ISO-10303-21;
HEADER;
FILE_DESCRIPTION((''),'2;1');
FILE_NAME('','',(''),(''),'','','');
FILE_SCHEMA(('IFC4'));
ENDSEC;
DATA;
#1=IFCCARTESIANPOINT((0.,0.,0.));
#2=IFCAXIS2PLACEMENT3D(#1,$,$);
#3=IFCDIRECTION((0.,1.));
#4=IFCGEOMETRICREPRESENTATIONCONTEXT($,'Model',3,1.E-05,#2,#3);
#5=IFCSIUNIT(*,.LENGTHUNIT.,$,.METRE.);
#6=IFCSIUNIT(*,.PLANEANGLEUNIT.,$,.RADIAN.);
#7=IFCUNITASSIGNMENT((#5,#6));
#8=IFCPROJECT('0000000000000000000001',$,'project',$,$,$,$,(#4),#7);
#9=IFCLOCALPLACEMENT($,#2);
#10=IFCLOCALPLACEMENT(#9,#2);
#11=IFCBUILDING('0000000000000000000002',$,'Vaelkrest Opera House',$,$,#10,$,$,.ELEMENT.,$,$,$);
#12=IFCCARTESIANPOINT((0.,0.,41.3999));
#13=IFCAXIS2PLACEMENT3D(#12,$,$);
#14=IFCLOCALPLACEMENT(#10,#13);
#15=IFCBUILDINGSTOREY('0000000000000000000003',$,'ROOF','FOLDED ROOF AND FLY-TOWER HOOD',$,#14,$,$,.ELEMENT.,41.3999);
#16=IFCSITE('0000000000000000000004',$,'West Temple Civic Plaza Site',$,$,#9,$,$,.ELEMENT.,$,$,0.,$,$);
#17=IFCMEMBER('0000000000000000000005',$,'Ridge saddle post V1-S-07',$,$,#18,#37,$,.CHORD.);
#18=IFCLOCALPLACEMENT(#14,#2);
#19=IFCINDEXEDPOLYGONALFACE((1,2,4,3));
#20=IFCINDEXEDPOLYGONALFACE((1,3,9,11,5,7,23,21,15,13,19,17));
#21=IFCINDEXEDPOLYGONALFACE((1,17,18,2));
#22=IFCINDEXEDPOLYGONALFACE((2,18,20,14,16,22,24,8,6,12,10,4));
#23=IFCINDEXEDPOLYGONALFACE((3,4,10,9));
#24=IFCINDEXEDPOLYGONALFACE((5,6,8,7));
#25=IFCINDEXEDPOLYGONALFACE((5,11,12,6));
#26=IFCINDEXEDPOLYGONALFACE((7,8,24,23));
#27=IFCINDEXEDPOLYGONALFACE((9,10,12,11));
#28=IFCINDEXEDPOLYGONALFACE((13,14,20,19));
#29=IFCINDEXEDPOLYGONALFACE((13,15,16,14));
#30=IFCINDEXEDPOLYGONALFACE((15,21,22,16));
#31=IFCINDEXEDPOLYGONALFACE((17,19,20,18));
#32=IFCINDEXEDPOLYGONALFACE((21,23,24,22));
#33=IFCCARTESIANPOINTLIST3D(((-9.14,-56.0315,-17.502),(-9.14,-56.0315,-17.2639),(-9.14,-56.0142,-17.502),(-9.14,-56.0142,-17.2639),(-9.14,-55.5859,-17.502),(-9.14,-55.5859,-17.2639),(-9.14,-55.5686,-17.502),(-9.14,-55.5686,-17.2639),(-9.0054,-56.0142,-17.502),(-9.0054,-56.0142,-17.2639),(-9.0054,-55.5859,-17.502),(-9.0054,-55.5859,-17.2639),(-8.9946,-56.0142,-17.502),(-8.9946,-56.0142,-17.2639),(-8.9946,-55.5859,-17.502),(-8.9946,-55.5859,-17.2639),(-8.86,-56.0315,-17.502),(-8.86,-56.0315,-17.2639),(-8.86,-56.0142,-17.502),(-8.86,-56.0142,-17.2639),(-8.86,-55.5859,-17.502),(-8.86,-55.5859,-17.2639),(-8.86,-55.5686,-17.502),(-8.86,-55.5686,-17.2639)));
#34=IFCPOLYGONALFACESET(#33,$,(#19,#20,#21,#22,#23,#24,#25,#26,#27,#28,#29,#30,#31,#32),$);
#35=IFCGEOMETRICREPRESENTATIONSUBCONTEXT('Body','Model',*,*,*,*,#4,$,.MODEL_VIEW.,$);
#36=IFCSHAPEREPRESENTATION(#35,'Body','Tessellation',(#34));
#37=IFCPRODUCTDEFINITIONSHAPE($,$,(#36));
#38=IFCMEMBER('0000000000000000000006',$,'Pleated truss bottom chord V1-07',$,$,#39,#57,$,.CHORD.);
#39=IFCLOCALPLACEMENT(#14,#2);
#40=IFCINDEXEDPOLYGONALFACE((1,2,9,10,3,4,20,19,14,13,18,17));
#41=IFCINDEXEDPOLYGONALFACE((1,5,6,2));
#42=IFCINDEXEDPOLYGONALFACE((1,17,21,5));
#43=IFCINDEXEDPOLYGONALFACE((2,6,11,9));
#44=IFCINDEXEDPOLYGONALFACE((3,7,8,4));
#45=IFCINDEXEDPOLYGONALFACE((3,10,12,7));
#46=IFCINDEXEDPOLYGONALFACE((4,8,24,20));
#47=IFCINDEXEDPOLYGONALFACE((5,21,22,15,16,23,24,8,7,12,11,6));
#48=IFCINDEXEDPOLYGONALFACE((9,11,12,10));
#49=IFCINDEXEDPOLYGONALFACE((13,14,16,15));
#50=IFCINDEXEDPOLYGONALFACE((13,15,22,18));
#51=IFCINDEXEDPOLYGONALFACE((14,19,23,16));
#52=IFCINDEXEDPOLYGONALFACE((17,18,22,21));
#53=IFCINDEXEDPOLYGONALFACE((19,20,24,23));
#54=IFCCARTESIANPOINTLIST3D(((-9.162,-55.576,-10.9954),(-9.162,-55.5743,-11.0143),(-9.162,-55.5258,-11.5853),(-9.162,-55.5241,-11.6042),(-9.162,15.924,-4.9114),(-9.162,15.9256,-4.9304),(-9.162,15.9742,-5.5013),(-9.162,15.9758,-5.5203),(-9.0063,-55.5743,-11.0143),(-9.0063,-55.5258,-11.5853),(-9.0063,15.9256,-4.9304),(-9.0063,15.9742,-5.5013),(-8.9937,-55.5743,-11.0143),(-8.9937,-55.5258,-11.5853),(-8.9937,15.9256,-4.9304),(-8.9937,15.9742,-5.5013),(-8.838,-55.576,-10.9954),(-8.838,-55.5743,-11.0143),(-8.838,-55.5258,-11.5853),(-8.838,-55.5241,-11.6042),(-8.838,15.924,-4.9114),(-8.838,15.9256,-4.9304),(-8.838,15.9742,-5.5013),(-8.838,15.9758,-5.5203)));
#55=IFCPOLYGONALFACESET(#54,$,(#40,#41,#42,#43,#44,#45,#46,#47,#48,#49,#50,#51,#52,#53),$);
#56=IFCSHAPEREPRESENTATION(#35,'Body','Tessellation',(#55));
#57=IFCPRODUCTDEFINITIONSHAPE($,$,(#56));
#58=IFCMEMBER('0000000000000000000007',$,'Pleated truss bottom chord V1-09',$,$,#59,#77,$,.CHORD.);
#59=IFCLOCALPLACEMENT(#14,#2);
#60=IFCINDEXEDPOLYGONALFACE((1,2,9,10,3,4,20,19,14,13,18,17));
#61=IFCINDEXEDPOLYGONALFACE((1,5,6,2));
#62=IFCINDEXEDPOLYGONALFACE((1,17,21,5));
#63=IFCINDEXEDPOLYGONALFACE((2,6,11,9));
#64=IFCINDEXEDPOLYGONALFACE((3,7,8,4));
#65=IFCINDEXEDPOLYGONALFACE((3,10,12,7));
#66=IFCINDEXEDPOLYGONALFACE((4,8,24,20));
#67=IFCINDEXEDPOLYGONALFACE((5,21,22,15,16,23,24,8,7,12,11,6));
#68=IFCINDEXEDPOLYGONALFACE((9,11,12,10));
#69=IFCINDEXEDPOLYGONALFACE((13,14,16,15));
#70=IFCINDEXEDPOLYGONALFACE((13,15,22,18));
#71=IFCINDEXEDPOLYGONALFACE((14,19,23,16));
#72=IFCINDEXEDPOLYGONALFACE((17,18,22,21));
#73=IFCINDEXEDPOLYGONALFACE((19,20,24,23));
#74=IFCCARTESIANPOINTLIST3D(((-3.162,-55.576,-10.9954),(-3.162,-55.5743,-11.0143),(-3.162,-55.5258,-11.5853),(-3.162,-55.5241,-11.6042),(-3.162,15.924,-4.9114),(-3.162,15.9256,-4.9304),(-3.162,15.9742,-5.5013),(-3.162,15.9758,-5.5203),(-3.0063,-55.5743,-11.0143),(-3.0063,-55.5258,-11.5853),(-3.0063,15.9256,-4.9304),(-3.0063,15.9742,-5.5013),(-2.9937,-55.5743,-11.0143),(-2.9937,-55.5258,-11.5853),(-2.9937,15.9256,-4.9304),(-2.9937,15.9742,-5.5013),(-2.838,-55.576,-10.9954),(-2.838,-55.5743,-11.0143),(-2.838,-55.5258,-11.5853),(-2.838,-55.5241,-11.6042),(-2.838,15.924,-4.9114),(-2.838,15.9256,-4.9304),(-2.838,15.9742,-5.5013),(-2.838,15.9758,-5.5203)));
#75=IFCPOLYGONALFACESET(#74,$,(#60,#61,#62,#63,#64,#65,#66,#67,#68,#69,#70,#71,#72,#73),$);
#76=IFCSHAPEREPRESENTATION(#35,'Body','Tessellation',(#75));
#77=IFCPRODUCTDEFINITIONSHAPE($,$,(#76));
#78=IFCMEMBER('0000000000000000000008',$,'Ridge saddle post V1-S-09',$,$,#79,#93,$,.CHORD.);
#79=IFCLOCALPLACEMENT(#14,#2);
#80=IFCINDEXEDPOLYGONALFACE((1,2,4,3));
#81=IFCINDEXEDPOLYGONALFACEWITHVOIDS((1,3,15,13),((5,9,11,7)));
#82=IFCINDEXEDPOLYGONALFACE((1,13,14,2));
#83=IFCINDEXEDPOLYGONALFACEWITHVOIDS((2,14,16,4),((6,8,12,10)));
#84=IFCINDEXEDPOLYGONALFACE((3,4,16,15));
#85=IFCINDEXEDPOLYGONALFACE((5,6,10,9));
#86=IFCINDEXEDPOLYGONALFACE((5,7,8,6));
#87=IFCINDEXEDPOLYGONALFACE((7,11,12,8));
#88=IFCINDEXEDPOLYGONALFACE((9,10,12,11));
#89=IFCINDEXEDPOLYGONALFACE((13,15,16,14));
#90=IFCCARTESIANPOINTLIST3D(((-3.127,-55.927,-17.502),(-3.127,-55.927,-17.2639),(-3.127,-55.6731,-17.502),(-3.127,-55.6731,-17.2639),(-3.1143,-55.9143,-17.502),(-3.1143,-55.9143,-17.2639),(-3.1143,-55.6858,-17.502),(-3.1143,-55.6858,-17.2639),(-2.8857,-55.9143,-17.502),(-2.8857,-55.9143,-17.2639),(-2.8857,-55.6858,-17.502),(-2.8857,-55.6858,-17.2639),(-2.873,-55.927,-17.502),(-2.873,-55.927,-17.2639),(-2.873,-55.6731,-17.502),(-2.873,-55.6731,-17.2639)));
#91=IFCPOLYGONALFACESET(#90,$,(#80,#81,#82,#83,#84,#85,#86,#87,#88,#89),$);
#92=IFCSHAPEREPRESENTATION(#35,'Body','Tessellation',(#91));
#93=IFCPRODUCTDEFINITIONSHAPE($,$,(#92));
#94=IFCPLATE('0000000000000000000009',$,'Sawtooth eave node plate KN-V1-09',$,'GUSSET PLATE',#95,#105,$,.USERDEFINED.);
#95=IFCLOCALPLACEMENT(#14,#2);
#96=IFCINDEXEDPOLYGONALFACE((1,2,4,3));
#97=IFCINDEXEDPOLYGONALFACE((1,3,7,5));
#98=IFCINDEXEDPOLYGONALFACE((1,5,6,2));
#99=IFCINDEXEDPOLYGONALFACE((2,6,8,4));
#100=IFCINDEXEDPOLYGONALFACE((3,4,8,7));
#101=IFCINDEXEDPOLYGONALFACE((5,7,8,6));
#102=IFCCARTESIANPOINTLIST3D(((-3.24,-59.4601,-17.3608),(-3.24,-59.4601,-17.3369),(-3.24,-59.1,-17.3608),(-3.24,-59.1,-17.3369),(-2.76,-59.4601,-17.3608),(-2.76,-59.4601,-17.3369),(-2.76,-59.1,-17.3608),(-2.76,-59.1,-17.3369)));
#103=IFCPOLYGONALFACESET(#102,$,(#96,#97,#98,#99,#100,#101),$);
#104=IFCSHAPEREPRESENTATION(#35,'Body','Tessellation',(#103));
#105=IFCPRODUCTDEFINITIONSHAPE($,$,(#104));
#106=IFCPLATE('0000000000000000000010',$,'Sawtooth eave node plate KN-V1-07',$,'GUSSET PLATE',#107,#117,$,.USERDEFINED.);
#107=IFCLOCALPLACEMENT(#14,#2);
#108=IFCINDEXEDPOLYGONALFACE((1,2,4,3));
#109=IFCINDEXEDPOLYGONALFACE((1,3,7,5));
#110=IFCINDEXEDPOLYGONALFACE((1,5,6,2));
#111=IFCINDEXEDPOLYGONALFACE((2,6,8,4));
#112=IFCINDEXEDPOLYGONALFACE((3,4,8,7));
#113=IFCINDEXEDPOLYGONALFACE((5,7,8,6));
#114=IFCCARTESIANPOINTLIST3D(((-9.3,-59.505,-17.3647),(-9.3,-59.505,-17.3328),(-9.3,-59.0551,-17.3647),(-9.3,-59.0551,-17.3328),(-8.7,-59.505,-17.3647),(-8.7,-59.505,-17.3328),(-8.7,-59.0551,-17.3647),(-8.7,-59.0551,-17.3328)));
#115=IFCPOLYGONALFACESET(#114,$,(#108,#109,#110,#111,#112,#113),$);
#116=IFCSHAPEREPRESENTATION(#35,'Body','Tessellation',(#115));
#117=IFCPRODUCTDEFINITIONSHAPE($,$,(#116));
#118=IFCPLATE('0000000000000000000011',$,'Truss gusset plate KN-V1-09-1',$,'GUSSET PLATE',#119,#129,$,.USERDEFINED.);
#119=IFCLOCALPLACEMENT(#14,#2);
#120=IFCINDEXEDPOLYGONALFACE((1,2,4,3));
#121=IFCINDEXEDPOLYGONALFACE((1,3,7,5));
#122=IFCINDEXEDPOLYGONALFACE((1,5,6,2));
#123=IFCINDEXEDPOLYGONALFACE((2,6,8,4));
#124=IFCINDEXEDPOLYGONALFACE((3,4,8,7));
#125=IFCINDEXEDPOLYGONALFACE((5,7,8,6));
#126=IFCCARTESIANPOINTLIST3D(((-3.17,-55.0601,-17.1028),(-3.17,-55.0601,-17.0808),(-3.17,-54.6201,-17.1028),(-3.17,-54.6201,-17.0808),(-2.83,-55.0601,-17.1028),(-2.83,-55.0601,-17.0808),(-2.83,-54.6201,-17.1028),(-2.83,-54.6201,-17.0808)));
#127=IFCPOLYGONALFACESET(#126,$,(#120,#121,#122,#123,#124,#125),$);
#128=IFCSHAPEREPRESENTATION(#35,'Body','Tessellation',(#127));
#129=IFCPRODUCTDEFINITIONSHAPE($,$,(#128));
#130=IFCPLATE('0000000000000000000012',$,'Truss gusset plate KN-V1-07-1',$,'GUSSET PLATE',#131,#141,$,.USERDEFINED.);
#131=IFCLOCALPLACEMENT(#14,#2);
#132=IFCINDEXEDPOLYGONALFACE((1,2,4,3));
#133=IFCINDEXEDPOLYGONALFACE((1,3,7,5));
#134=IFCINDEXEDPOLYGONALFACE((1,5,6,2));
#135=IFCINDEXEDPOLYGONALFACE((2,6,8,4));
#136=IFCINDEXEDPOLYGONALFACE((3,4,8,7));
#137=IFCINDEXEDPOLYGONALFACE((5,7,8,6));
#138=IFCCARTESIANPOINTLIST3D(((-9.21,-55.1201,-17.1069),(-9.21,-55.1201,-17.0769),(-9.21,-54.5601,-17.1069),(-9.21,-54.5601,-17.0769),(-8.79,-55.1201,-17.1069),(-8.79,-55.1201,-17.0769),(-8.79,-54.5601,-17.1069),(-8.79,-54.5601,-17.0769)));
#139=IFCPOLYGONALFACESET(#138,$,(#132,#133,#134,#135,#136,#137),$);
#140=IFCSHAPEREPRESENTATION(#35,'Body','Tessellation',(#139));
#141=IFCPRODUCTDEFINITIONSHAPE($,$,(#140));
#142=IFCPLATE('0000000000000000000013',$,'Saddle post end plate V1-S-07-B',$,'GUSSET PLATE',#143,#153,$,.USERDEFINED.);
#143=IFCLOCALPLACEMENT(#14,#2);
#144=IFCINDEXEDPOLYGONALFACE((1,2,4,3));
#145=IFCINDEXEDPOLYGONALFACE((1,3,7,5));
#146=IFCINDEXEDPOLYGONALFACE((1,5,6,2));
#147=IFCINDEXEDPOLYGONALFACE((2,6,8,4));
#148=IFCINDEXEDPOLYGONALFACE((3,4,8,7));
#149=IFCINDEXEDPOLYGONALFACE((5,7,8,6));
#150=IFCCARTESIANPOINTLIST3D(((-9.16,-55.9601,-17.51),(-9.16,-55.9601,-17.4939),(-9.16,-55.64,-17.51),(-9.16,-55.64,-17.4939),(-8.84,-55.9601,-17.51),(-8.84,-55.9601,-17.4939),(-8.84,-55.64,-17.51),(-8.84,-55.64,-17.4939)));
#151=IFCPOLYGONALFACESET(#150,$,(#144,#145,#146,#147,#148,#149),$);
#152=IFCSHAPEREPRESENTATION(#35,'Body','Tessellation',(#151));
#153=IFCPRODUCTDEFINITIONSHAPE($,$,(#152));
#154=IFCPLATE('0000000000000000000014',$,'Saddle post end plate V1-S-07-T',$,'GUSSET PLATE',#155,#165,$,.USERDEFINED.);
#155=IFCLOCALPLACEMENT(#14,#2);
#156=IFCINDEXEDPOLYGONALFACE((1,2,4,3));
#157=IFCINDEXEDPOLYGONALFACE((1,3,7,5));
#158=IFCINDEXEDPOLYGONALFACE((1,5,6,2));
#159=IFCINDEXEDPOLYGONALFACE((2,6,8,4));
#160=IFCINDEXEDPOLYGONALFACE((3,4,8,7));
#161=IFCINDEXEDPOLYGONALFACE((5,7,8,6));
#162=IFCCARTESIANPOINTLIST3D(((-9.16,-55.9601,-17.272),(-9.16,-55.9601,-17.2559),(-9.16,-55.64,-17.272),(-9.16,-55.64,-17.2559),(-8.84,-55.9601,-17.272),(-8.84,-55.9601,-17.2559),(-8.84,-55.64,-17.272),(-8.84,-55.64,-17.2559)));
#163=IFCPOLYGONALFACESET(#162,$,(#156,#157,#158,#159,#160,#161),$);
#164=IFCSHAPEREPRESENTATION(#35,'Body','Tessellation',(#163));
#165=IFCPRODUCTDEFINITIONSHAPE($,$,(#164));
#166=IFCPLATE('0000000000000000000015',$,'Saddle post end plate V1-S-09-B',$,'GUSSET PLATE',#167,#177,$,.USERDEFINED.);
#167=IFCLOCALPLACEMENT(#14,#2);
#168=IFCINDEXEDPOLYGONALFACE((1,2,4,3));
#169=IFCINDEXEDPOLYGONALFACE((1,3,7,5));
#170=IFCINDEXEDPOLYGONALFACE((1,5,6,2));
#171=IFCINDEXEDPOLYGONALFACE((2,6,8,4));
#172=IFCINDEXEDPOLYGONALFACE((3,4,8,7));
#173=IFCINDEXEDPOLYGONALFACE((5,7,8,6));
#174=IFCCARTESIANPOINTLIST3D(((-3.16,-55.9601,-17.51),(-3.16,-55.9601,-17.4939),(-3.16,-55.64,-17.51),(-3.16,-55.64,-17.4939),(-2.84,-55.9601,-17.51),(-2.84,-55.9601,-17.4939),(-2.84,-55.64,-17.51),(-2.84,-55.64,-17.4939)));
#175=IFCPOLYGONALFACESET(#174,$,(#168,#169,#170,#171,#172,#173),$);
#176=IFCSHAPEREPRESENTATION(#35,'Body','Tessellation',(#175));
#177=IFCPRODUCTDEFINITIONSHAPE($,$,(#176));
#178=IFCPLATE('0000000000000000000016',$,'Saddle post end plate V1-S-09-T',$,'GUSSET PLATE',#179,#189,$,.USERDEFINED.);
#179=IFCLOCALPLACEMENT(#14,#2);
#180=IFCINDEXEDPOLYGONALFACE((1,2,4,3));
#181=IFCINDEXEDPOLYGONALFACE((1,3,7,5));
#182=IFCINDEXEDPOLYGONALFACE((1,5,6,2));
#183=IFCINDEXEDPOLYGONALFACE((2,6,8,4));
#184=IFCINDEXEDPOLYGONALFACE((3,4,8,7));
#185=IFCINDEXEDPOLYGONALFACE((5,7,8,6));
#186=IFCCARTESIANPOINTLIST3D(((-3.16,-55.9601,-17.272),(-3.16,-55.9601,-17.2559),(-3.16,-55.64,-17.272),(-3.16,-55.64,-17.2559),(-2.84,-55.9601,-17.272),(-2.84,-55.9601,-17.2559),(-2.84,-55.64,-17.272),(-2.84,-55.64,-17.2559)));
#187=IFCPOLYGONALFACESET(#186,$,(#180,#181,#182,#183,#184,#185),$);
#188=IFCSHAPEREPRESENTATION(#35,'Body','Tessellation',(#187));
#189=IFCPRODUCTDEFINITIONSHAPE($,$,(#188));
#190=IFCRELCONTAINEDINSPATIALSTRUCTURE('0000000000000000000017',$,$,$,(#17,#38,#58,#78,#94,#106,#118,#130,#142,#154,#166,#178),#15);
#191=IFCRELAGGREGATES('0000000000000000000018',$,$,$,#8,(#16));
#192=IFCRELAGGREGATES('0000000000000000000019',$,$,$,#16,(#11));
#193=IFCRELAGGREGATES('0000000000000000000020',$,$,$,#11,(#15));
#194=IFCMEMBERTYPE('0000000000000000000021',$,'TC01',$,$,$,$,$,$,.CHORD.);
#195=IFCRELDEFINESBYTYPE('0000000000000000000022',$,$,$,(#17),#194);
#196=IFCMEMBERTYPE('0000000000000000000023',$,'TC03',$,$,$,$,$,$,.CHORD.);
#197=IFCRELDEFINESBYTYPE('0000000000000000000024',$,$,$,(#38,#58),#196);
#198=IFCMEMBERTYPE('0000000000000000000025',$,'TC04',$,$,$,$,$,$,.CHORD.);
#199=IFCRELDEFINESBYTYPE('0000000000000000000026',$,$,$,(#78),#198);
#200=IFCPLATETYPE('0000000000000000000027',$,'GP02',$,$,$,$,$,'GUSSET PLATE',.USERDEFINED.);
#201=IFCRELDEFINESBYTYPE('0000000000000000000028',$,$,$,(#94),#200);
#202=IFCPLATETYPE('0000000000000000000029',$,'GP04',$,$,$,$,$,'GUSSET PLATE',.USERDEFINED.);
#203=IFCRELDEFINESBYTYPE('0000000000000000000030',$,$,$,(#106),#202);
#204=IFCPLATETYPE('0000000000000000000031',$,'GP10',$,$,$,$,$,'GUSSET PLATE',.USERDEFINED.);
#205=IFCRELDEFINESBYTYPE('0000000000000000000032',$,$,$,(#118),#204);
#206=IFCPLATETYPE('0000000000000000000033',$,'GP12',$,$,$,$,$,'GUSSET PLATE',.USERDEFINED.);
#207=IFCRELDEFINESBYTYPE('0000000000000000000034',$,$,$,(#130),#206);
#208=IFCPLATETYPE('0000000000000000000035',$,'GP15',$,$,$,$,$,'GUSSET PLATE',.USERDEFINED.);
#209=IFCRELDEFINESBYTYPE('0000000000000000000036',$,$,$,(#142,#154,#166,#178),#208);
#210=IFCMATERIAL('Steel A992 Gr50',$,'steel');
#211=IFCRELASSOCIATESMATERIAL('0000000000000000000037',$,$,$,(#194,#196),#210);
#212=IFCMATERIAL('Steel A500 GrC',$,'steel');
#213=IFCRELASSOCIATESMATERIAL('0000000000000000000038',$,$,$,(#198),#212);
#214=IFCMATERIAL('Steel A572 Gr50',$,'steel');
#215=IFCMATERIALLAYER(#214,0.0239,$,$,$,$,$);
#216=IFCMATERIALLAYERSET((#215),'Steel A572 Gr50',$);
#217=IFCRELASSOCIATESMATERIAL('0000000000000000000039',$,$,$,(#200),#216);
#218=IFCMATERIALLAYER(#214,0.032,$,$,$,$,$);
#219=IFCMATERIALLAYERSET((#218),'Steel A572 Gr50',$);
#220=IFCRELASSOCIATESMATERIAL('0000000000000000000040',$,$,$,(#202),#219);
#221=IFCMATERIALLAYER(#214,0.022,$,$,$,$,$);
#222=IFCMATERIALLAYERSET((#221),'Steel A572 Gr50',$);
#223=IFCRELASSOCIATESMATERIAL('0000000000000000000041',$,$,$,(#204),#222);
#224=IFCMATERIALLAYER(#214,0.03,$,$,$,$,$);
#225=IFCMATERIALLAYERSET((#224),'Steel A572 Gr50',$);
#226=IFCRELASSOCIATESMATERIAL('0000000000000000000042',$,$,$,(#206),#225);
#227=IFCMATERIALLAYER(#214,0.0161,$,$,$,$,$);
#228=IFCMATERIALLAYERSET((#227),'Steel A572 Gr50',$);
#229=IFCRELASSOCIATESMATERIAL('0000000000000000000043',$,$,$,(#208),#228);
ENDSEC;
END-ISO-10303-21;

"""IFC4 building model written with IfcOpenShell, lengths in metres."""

from ifc_helpers import new_model, si_unit, direction, frame, origin, origin_2d, place, context, subcontext, project, spatial, rectangle, hollow_rectangle, i_section, extrude, material, layer, layer_set, material_profile, profile_set, type_object, element, save


model = new_model("IFC4")

# Units and contexts
model_context = context("Model", 3, precision=1e-05, world=origin(), true_north=direction((0.0, 1.0)))
body_context = subcontext(model_context, "Body", "Model", "MODEL_VIEW")
ifc_project = project(units=[si_unit("LENGTHUNIT", "METRE"), si_unit("PLANEANGLEUNIT", "RADIAN")], contexts=[model_context])

# Site, building, storey
site_placement = place(None, origin())
site = spatial("IfcSite", under=ifc_project, at=site_placement, Name="West Temple Civic Plaza Site", CompositionType="ELEMENT", RefElevation=0.0)
building_placement = place(site_placement, origin())
building = spatial("IfcBuilding", under=site, at=building_placement, Name="Vaelkrest Opera House", CompositionType="ELEMENT")
storey_placement = place(building_placement, frame((0.0, 0.0, 41.3999)))
storey = spatial("IfcBuildingStorey", under=building, at=storey_placement, Name="ROOF", Description="FOLDED ROOF AND FLY-TOWER HOOD", CompositionType="ELEMENT", Elevation=41.3999)

# Shared definitions
ifc_material_1 = material(Name="Steel A992 Gr50", Category="steel")

# Members
ifc_material_2 = material(Name="Steel A500 GrC", Category="steel")
ifc_material_profile_1 = material_profile(ifc_material_1, i_section(OverallWidth=0.28, OverallDepth=0.4629, WebThickness=0.0107, FlangeThickness=0.0173, at=origin_2d()), Name="W18X76")
ifc_profile_set_1 = profile_set([ifc_material_profile_1], Name="Steel A992 Gr50")
member_type_1 = type_object("IfcMemberType", Name="TC01", PredefinedType="CHORD", material=ifc_profile_set_1)
member_1_placement = place(storey_placement, frame((-9.0, -55.8, -17.502), z_axis=(0.0, 0.0, 1.0), x_axis=(1.0, 0.0, 0.0)))
element("IfcMember", 1, at=member_1_placement, inside=storey, type_object=member_type_1, Name="Ridge saddle post V1-S-07", PredefinedType="CHORD", context=body_context, shape_type="SweptSolid", body=[
    extrude(i_section(OverallWidth=0.28, OverallDepth=0.4629, WebThickness=0.0107, FlangeThickness=0.0173, at=origin_2d()), origin(), (0.0, 0.0, 1.0), 0.238),
])
ifc_material_profile_2 = material_profile(ifc_material_1, i_section(OverallWidth=0.324, OverallDepth=0.6111, WebThickness=0.0127, FlangeThickness=0.019, at=origin_2d()), Name="W24X104")
ifc_profile_set_2 = profile_set([ifc_material_profile_2], Name="Steel A992 Gr50")
member_type_2 = type_object("IfcMemberType", Name="TC03", PredefinedType="CHORD", material=ifc_profile_set_2)
for number, where, z_axis, x_axis, name in (
    (2, (-9.0, -55.55, -11.2998), (0.0, 0.996399, 0.084784), (-1.0, 0.0, 0.0), "Pleated truss bottom chord V1-07"),
    (3, (-3.0, -55.55, -11.2998), (0.0, 0.996399, 0.084784), (-1.0, 0.0, 0.0), "Pleated truss bottom chord V1-09"),
):
    element("IfcMember", number, at=place(storey_placement, frame(where, z_axis=z_axis, x_axis=x_axis)), inside=storey, type_object=member_type_2, Name=name, PredefinedType="CHORD", context=body_context, shape_type="SweptSolid", body=[
        extrude(i_section(OverallWidth=0.324, OverallDepth=0.6111, WebThickness=0.0127, FlangeThickness=0.019, at=origin_2d()), origin(), (0.0, 0.0, 1.0), 71.7583),
    ])
ifc_material_profile_3 = material_profile(ifc_material_2, hollow_rectangle(XDim=0.2539, YDim=0.2539, WallThickness=0.0127, at=origin_2d()), Name="HSS254X254X12.7")
ifc_profile_set_3 = profile_set([ifc_material_profile_3], Name="Steel A500 GrC")
member_type_3 = type_object("IfcMemberType", Name="TC04", PredefinedType="CHORD", material=ifc_profile_set_3)
member_2_placement = place(storey_placement, frame((-3.0, -55.8, -17.502), z_axis=(0.0, 0.0, 1.0), x_axis=(1.0, 0.0, 0.0)))
element("IfcMember", 4, at=member_2_placement, inside=storey, type_object=member_type_3, Name="Ridge saddle post V1-S-09", PredefinedType="CHORD", context=body_context, shape_type="SweptSolid", body=[
    extrude(hollow_rectangle(XDim=0.2539, YDim=0.2539, WallThickness=0.0127, at=origin_2d()), origin(), (0.0, 0.0, 1.0), 0.238),
])

# Plates
ifc_material_3 = material(Name="Steel A572 Gr50", Category="steel")
ifc_layer_1 = layer(ifc_material_3, 0.0239)
ifc_layer_set_1 = layer_set([ifc_layer_1], Name="Steel A572 Gr50")
plate_type_1 = type_object("IfcPlateType", Name="GP02", ElementType="GUSSET PLATE", PredefinedType="USERDEFINED", material=ifc_layer_set_1)
plate_1_placement = place(storey_placement, frame((-3.0, -59.28, -17.3608), z_axis=(0.0, 0.0, 1.0), x_axis=(1.0, 0.0, 0.0)))
element("IfcPlate", 5, at=plate_1_placement, inside=storey, type_object=plate_type_1, Name="Sawtooth eave node plate KN-V1-09", ObjectType="GUSSET PLATE", PredefinedType="USERDEFINED", context=body_context, shape_type="SweptSolid", body=[
    extrude(rectangle(XDim=0.48, YDim=0.3601, at=origin_2d()), origin(), (0.0, 0.0, 1.0), 0.0239),
])
ifc_layer_2 = layer(ifc_material_3, 0.032)
ifc_layer_set_2 = layer_set([ifc_layer_2], Name="Steel A572 Gr50")
plate_type_2 = type_object("IfcPlateType", Name="GP04", ElementType="GUSSET PLATE", PredefinedType="USERDEFINED", material=ifc_layer_set_2)
plate_2_placement = place(storey_placement, frame((-9.0, -59.28, -17.3647), z_axis=(0.0, 0.0, 1.0), x_axis=(1.0, 0.0, 0.0)))
element("IfcPlate", 6, at=plate_2_placement, inside=storey, type_object=plate_type_2, Name="Sawtooth eave node plate KN-V1-07", ObjectType="GUSSET PLATE", PredefinedType="USERDEFINED", context=body_context, shape_type="SweptSolid", body=[
    extrude(rectangle(XDim=0.6001, YDim=0.45, at=origin_2d()), origin(), (0.0, 0.0, 1.0), 0.032),
])
ifc_layer_3 = layer(ifc_material_3, 0.022)
ifc_layer_set_3 = layer_set([ifc_layer_3], Name="Steel A572 Gr50")
plate_type_3 = type_object("IfcPlateType", Name="GP10", ElementType="GUSSET PLATE", PredefinedType="USERDEFINED", material=ifc_layer_set_3)
plate_3_placement = place(storey_placement, frame((-3.0, -54.8401, -17.1028), z_axis=(0.0, 0.0, 1.0), x_axis=(0.0, 1.0, 0.0)))
element("IfcPlate", 7, at=plate_3_placement, inside=storey, type_object=plate_type_3, Name="Truss gusset plate KN-V1-09-1", ObjectType="GUSSET PLATE", PredefinedType="USERDEFINED", context=body_context, shape_type="SweptSolid", body=[
    extrude(rectangle(XDim=0.4399, YDim=0.3401, at=origin_2d()), origin(), (0.0, 0.0, 1.0), 0.022),
])
ifc_layer_4 = layer(ifc_material_3, 0.03)
ifc_layer_set_4 = layer_set([ifc_layer_4], Name="Steel A572 Gr50")
plate_type_4 = type_object("IfcPlateType", Name="GP12", ElementType="GUSSET PLATE", PredefinedType="USERDEFINED", material=ifc_layer_set_4)
plate_4_placement = place(storey_placement, frame((-9.0, -54.8401, -17.1069), z_axis=(0.0, 0.0, 1.0), x_axis=(0.0, 1.0, 0.0)))
element("IfcPlate", 8, at=plate_4_placement, inside=storey, type_object=plate_type_4, Name="Truss gusset plate KN-V1-07-1", ObjectType="GUSSET PLATE", PredefinedType="USERDEFINED", context=body_context, shape_type="SweptSolid", body=[
    extrude(rectangle(XDim=0.5601, YDim=0.4199, at=origin_2d()), origin(), (0.0, 0.0, 1.0), 0.03),
])
ifc_layer_5 = layer(ifc_material_3, 0.0161)
ifc_layer_set_5 = layer_set([ifc_layer_5], Name="Steel A572 Gr50")
plate_type_5 = type_object("IfcPlateType", Name="GP15", ElementType="GUSSET PLATE", PredefinedType="USERDEFINED", material=ifc_layer_set_5)
for number, where, z_axis, x_axis, name in (
    (9, (-9.0, -55.8, -17.51), (0.0, 0.0, 1.0), (1.0, 0.0, 0.0), "Saddle post end plate V1-S-07-B"),
    (10, (-9.0, -55.8, -17.272), (0.0, 0.0, 1.0), (1.0, 0.0, 0.0), "Saddle post end plate V1-S-07-T"),
    (11, (-3.0, -55.8, -17.51), (0.0, 0.0, 1.0), (1.0, 0.0, 0.0), "Saddle post end plate V1-S-09-B"),
    (12, (-3.0, -55.8, -17.272), (0.0, 0.0, 1.0), (1.0, 0.0, 0.0), "Saddle post end plate V1-S-09-T"),
):
    element("IfcPlate", number, at=place(storey_placement, frame(where, z_axis=z_axis, x_axis=x_axis)), inside=storey, type_object=plate_type_5, Name=name, ObjectType="GUSSET PLATE", PredefinedType="USERDEFINED", context=body_context, shape_type="SweptSolid", body=[
        extrude(rectangle(XDim=0.3201, YDim=0.3201, at=origin_2d()), origin(), (0.0, 0.0, 1.0), 0.0161),
    ])

save(model, "model.ifc")
